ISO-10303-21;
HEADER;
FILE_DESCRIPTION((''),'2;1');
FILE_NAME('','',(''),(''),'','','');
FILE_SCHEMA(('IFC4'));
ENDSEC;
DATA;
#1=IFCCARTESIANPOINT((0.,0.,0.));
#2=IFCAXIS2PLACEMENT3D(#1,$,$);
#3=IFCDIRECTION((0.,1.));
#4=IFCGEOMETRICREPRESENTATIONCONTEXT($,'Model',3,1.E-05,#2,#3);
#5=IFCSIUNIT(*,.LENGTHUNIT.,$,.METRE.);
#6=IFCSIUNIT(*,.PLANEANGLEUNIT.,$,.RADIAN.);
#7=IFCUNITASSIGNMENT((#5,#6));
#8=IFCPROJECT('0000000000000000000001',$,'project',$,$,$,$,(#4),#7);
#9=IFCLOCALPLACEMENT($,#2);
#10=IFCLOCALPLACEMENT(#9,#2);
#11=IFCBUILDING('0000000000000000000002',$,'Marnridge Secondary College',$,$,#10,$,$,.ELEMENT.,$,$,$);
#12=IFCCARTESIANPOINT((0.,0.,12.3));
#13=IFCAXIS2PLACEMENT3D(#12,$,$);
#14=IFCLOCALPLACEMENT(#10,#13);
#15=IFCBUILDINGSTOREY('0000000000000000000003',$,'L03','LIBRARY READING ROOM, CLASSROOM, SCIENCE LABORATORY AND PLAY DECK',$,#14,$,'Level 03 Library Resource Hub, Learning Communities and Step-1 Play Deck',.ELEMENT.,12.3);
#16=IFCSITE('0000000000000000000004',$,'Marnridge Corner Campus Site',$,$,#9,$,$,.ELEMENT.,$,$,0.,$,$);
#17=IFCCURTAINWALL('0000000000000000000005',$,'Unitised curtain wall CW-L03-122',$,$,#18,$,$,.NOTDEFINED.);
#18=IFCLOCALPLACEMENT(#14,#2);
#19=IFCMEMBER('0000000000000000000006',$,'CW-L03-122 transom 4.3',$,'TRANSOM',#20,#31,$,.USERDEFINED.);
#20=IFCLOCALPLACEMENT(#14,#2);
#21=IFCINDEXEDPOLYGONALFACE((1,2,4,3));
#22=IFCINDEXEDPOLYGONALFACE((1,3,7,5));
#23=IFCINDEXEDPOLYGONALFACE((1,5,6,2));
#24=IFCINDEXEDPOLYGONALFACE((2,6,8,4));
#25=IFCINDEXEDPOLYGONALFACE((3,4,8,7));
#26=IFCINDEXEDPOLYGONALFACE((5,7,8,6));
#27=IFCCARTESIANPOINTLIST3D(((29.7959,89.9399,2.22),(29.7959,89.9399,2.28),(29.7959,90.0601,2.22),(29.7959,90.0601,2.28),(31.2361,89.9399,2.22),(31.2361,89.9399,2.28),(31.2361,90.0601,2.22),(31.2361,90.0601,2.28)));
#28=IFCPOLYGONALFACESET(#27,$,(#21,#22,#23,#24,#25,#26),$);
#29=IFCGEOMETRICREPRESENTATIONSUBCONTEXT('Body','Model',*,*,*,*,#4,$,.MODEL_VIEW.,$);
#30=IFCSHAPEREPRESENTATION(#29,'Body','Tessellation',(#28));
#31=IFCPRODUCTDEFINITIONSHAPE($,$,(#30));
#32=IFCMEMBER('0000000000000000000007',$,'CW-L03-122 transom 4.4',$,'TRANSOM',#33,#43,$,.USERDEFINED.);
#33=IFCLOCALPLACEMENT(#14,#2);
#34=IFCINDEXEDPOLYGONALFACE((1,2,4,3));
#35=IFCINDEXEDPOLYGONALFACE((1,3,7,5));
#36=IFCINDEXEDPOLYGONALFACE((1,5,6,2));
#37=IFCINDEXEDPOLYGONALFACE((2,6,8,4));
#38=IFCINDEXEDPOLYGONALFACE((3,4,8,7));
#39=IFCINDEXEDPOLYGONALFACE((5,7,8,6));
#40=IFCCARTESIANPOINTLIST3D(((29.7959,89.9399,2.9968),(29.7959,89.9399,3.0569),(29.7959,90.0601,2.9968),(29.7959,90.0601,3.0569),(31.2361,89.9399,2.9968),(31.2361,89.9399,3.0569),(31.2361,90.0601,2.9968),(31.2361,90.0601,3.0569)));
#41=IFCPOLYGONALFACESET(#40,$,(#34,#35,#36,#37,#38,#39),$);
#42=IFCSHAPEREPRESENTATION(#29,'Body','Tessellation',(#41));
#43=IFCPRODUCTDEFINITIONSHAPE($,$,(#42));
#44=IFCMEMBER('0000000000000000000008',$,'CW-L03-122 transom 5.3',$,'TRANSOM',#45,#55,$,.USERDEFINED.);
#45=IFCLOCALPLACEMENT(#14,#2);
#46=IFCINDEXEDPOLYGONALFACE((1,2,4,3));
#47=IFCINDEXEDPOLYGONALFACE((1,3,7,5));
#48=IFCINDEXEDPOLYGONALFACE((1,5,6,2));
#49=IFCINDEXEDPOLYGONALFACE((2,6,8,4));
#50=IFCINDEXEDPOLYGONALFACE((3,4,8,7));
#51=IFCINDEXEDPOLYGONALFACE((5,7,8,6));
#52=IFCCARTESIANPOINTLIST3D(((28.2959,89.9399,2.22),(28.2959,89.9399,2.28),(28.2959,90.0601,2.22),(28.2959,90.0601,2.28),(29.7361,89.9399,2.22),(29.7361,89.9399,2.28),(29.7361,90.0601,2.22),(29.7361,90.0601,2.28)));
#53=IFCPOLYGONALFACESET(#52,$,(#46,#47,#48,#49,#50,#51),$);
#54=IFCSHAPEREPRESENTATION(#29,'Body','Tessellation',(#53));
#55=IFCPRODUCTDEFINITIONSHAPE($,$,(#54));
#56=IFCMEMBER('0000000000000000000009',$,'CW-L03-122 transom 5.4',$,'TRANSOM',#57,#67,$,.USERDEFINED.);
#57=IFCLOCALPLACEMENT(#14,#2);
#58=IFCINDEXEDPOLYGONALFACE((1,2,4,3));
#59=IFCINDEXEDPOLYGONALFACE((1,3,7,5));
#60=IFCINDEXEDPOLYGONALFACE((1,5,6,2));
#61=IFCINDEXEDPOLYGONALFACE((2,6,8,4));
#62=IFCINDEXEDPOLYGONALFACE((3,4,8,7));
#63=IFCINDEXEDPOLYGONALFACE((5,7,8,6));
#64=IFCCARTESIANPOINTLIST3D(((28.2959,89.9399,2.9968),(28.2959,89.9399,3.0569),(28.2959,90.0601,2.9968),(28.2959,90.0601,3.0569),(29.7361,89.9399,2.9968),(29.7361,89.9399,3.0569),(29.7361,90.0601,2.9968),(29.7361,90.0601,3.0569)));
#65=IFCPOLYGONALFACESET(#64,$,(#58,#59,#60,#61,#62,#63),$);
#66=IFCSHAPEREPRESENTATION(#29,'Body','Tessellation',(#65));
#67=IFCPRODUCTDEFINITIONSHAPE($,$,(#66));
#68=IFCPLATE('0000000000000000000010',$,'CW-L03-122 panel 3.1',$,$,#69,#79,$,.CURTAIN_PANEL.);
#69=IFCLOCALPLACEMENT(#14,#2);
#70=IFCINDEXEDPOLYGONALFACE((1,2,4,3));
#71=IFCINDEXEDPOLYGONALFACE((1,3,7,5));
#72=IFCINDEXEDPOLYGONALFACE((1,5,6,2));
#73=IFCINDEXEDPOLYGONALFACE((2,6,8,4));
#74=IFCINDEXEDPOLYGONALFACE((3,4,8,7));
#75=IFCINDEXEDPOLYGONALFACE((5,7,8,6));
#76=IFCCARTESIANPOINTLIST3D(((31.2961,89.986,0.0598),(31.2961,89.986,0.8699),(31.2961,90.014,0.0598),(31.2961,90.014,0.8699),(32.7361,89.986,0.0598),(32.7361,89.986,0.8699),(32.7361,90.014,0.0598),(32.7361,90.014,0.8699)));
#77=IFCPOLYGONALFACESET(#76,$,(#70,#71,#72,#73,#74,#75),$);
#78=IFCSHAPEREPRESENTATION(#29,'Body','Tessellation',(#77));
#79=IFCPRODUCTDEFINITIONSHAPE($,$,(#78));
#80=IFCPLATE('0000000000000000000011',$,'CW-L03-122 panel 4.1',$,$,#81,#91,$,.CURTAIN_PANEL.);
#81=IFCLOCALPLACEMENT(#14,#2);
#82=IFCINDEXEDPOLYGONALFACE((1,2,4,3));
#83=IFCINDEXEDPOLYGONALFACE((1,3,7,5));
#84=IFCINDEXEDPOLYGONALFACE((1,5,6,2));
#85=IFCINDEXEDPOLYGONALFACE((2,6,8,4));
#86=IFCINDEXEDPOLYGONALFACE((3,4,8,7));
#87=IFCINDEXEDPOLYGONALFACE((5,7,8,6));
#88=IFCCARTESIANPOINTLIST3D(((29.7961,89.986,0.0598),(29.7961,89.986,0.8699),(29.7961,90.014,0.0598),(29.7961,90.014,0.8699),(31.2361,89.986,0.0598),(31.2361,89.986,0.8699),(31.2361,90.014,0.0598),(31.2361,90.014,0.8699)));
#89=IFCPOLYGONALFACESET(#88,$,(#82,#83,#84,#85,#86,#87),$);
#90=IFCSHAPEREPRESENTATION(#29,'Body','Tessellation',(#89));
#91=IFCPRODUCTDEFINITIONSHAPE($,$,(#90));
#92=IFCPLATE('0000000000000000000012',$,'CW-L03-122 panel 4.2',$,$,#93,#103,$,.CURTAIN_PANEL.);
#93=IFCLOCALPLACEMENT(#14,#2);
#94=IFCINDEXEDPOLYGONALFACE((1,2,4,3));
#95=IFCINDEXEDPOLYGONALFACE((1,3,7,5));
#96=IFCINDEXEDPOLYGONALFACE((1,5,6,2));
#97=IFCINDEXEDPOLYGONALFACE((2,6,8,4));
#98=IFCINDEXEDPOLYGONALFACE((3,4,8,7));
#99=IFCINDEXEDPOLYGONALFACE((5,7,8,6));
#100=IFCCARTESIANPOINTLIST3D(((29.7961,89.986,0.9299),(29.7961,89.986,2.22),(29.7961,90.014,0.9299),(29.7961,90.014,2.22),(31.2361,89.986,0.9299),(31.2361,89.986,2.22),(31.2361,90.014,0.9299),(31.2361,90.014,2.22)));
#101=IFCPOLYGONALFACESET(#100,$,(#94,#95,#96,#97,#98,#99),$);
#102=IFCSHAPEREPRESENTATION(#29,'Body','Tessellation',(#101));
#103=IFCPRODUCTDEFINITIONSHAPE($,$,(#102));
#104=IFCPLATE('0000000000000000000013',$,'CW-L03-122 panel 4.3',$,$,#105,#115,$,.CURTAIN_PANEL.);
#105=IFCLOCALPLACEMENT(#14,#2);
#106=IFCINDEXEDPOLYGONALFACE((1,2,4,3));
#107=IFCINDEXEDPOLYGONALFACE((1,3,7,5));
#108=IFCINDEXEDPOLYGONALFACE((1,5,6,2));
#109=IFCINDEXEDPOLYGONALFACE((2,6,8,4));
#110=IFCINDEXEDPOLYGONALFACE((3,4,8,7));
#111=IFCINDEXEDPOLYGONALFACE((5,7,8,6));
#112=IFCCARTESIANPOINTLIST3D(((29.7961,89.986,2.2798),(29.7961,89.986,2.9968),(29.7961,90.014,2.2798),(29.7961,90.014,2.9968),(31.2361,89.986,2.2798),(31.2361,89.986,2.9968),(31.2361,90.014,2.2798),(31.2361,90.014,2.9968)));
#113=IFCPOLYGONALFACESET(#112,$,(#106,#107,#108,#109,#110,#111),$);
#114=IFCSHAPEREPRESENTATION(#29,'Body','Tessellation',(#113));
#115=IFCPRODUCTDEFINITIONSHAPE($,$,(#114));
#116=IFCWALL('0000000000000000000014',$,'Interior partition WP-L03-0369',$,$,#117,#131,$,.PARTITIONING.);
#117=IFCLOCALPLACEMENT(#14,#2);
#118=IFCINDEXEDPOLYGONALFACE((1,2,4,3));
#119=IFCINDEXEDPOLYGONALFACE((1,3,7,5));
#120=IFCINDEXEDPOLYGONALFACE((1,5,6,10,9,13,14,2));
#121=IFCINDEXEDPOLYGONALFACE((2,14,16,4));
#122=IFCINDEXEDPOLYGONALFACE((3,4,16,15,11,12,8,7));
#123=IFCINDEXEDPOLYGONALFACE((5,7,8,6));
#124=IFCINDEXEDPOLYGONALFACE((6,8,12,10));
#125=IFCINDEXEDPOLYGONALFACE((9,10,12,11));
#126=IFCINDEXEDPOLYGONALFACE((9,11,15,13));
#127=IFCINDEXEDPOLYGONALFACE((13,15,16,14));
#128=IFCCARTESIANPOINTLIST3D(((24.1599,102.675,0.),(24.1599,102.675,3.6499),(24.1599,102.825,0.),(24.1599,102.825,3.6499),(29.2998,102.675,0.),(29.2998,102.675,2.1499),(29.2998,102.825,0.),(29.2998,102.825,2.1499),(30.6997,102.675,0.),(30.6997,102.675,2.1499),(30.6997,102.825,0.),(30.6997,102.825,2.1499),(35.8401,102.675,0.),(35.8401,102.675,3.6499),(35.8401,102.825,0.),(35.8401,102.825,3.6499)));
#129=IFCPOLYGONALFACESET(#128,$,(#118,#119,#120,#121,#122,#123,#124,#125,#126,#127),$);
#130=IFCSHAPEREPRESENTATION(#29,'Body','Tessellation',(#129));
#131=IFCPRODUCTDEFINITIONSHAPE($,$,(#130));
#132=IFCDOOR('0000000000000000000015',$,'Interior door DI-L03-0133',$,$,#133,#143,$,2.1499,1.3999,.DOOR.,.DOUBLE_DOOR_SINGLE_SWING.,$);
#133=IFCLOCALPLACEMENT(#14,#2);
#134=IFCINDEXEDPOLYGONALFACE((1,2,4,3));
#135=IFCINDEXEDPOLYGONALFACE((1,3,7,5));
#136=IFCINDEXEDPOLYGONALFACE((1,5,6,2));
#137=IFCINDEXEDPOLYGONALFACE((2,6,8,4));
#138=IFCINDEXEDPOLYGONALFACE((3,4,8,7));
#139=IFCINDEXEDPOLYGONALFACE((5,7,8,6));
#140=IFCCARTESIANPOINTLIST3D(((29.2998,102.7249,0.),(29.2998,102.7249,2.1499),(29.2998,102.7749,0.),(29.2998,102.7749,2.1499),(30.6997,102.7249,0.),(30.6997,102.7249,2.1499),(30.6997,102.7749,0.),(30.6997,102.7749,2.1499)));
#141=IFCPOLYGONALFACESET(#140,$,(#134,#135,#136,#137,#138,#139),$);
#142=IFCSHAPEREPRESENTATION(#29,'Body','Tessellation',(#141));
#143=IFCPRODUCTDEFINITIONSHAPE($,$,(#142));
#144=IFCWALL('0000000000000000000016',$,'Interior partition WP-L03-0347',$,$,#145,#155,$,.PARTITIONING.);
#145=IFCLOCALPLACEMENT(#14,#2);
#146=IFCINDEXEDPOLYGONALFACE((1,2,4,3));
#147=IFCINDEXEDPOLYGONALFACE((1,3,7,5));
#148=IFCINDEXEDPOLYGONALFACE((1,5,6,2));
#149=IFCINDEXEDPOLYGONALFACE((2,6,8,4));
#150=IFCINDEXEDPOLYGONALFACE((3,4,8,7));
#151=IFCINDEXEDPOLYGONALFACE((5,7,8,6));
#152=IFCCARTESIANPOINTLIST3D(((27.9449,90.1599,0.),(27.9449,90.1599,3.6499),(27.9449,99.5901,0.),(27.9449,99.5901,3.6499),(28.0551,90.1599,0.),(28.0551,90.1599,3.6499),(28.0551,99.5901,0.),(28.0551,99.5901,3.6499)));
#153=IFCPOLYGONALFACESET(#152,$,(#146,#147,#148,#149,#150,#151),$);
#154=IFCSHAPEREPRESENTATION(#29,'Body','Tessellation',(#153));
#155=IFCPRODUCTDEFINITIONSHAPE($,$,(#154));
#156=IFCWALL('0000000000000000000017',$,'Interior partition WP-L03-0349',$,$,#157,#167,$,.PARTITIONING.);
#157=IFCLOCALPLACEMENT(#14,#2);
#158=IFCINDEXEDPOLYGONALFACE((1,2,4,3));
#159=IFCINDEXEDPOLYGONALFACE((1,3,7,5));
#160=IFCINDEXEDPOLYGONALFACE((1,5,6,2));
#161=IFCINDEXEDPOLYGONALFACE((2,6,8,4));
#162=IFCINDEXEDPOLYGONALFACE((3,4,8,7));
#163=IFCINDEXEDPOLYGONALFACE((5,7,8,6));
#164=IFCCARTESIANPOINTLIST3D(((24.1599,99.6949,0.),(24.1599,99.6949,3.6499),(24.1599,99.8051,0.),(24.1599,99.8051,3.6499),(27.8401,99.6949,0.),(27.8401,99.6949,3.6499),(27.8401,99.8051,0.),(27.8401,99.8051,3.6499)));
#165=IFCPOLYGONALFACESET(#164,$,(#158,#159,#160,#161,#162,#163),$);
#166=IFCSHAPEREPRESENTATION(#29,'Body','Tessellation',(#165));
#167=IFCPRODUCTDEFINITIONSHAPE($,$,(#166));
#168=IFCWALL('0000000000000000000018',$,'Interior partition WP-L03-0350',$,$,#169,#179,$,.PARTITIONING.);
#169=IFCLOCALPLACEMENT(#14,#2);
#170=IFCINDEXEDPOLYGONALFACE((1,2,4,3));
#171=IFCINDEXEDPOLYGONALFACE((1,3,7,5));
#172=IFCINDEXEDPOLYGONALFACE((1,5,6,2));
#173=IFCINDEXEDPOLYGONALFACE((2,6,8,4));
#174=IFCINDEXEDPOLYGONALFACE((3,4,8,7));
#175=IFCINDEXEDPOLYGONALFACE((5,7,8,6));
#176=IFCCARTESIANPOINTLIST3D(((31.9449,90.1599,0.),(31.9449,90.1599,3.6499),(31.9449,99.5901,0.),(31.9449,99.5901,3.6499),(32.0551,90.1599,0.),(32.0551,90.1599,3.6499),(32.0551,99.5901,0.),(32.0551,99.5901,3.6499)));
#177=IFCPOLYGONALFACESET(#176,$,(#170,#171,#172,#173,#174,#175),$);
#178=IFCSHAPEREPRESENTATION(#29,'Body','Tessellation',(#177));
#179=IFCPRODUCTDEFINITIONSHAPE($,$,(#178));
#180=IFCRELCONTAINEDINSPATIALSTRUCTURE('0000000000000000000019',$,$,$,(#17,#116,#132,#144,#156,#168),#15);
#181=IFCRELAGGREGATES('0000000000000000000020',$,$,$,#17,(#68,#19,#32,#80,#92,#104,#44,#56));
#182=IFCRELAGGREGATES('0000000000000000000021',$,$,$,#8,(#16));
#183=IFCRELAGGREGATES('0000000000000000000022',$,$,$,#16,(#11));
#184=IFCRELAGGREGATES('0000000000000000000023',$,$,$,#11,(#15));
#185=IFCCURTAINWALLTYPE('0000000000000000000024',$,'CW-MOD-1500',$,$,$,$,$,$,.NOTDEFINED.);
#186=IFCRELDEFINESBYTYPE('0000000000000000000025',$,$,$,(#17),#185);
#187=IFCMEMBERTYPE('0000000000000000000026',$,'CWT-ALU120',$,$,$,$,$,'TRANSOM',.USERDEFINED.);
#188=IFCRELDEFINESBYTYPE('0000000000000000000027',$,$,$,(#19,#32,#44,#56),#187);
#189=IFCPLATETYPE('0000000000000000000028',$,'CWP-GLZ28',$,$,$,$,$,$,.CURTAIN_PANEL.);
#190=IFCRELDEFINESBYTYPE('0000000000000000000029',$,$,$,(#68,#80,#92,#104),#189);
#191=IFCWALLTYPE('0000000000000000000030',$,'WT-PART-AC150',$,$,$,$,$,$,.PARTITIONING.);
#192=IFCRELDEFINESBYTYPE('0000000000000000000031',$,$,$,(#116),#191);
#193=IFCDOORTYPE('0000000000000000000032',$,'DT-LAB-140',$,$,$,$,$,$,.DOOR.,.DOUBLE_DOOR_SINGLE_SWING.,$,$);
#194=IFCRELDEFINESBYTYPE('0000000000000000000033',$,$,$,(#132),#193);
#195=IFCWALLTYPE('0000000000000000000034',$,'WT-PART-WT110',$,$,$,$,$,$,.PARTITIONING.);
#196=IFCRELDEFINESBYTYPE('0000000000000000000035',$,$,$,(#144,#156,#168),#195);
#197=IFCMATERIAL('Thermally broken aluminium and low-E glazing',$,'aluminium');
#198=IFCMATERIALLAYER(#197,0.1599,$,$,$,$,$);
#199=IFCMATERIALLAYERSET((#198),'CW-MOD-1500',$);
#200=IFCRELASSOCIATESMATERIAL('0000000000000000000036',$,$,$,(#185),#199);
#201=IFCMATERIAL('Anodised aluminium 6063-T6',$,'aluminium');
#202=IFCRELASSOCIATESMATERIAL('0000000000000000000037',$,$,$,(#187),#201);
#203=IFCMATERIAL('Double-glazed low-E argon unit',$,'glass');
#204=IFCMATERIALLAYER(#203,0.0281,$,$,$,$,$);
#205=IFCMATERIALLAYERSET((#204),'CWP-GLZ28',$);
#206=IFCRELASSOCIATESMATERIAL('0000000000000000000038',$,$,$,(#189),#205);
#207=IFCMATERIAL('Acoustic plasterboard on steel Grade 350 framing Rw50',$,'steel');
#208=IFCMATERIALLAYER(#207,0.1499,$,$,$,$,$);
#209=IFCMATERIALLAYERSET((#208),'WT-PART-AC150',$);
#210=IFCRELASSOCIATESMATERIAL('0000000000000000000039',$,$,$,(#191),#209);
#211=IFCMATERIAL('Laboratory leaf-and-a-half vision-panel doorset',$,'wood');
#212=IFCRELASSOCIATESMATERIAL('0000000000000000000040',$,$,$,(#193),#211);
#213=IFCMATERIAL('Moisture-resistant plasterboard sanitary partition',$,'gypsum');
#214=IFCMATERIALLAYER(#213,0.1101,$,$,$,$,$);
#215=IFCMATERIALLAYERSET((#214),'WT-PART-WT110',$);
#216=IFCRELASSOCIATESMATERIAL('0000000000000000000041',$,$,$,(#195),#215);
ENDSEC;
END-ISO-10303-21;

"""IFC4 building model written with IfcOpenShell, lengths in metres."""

from ifc_helpers import new_model, si_unit, direction, frame, frame_2d, origin, origin_2d, place, context, subcontext, project, spatial, rectangle, extrude, material, layer, layer_set, material_profile, profile_set, type_object, element, fill, aggregate, save


model = new_model("IFC4")

# Units and contexts
model_context = context("Model", 3, precision=1e-05, world=origin(), true_north=direction((0.0, 1.0)))
body_context = subcontext(model_context, "Body", "Model", "MODEL_VIEW")
ifc_project = project(units=[si_unit("LENGTHUNIT", "METRE"), si_unit("PLANEANGLEUNIT", "RADIAN")], contexts=[model_context])

# Site, building, storey
site_placement = place(None, origin())
site = spatial("IfcSite", under=ifc_project, at=site_placement, Name="Marnridge Corner Campus Site", CompositionType="ELEMENT", RefElevation=0.0)
building_placement = place(site_placement, origin())
building = spatial("IfcBuilding", under=site, at=building_placement, Name="Marnridge Secondary College", CompositionType="ELEMENT")
storey_placement = place(building_placement, frame((0.0, 0.0, 12.3)))
storey = spatial("IfcBuildingStorey", under=building, at=storey_placement, Name="L03", Description="LIBRARY READING ROOM, CLASSROOM, SCIENCE LABORATORY AND PLAY DECK", LongName="Level 03 Library Resource Hub, Learning Communities and Step-1 Play Deck", CompositionType="ELEMENT", Elevation=12.3)

# Curtain wall, members, plates
ifc_material_1 = material(Name="Thermally broken aluminium and low-E glazing", Category="aluminium")
ifc_layer_1 = layer(ifc_material_1, 0.1599)
ifc_layer_set_1 = layer_set([ifc_layer_1], Name="CW-MOD-1500")
curtain_wall_type = type_object("IfcCurtainWallType", Name="CW-MOD-1500", PredefinedType="NOTDEFINED", material=ifc_layer_set_1)
curtain_wall_placement = place(storey_placement, origin())
curtain_wall = element("IfcCurtainWall", 1, at=curtain_wall_placement, inside=storey, type_object=curtain_wall_type, Name="Unitised curtain wall CW-L03-122", PredefinedType="NOTDEFINED")
ifc_material_2 = material(Name="Anodised aluminium 6063-T6", Category="aluminium")
ifc_material_profile_1 = material_profile(ifc_material_2, rectangle(XDim=0.0601, YDim=0.1201, at=origin_2d()), Name="ALU 60x120")
ifc_profile_set_1 = profile_set([ifc_material_profile_1], Name="Anodised aluminium 6063-T6")
member_type_1 = type_object("IfcMemberType", Name="CWT-ALU120", ElementType="TRANSOM", PredefinedType="USERDEFINED", material=ifc_profile_set_1)
member_1_placement = place(storey_placement, frame((31.2361, 90.0, 2.25), z_axis=(-1.0, 0.0, 0.0), x_axis=(0.0, 0.0, 1.0)))
member_1 = element("IfcMember", 2, at=member_1_placement, type_object=member_type_1, Name="CW-L03-122 transom 4.3", ObjectType="TRANSOM", PredefinedType="USERDEFINED", context=body_context, shape_type="SweptSolid", body=[
    extrude(rectangle(XDim=0.0601, YDim=0.1201, at=origin_2d()), origin(), (0.0, 0.0, 1.0), 1.4402),
])
member_2_placement = place(storey_placement, frame((31.2361, 90.0, 3.0269), z_axis=(-1.0, 0.0, 0.0), x_axis=(0.0, 0.0, 1.0)))
member_2 = element("IfcMember", 3, at=member_2_placement, type_object=member_type_1, Name="CW-L03-122 transom 4.4", ObjectType="TRANSOM", PredefinedType="USERDEFINED", context=body_context, shape_type="SweptSolid", body=[
    extrude(rectangle(XDim=0.0601, YDim=0.1201, at=origin_2d()), origin(), (0.0, 0.0, 1.0), 1.4402),
])
member_3_placement = place(storey_placement, frame((29.7361, 90.0, 2.25), z_axis=(-1.0, 0.0, 0.0), x_axis=(0.0, 0.0, 1.0)))
member_3 = element("IfcMember", 4, at=member_3_placement, type_object=member_type_1, Name="CW-L03-122 transom 5.3", ObjectType="TRANSOM", PredefinedType="USERDEFINED", context=body_context, shape_type="SweptSolid", body=[
    extrude(rectangle(XDim=0.0601, YDim=0.1201, at=origin_2d()), origin(), (0.0, 0.0, 1.0), 1.4402),
])
member_4_placement = place(storey_placement, frame((29.7361, 90.0, 3.0269), z_axis=(-1.0, 0.0, 0.0), x_axis=(0.0, 0.0, 1.0)))
member_4 = element("IfcMember", 5, at=member_4_placement, type_object=member_type_1, Name="CW-L03-122 transom 5.4", ObjectType="TRANSOM", PredefinedType="USERDEFINED", context=body_context, shape_type="SweptSolid", body=[
    extrude(rectangle(XDim=0.0601, YDim=0.1201, at=origin_2d()), origin(), (0.0, 0.0, 1.0), 1.4402),
])
ifc_material_3 = material(Name="Double-glazed low-E argon unit", Category="glass")
ifc_layer_2 = layer(ifc_material_3, 0.0281)
ifc_layer_set_2 = layer_set([ifc_layer_2], Name="CWP-GLZ28")
plate_type = type_object("IfcPlateType", Name="CWP-GLZ28", PredefinedType="CURTAIN_PANEL", material=ifc_layer_set_2)
plate_1_placement = place(storey_placement, frame((32.0161, 90.0, 0.0598), z_axis=(0.0, 0.0, 1.0), x_axis=(-1.0, 0.0, 0.0)))
plate_1 = element("IfcPlate", 6, at=plate_1_placement, type_object=plate_type, Name="CW-L03-122 panel 3.1", PredefinedType="CURTAIN_PANEL", context=body_context, shape_type="SweptSolid", body=[
    extrude(rectangle(XDim=1.4399, YDim=0.0281, at=origin_2d()), origin(), (0.0, 0.0, 1.0), 0.8101),
])
plate_2_placement = place(storey_placement, frame((30.5161, 90.0, 0.0598), z_axis=(0.0, 0.0, 1.0), x_axis=(-1.0, 0.0, 0.0)))
plate_2 = element("IfcPlate", 7, at=plate_2_placement, type_object=plate_type, Name="CW-L03-122 panel 4.1", PredefinedType="CURTAIN_PANEL", context=body_context, shape_type="SweptSolid", body=[
    extrude(rectangle(XDim=1.4399, YDim=0.0281, at=origin_2d()), origin(), (0.0, 0.0, 1.0), 0.8101),
])
plate_3_placement = place(storey_placement, frame((30.5161, 90.0, 0.9299), z_axis=(0.0, 0.0, 1.0), x_axis=(-1.0, 0.0, 0.0)))
plate_3 = element("IfcPlate", 8, at=plate_3_placement, type_object=plate_type, Name="CW-L03-122 panel 4.2", PredefinedType="CURTAIN_PANEL", context=body_context, shape_type="SweptSolid", body=[
    extrude(rectangle(XDim=1.4399, YDim=0.0281, at=origin_2d()), origin(), (0.0, 0.0, 1.0), 1.29),
])
plate_4_placement = place(storey_placement, frame((30.5161, 90.0, 2.2798), z_axis=(0.0, 0.0, 1.0), x_axis=(-1.0, 0.0, 0.0)))
plate_4 = element("IfcPlate", 9, at=plate_4_placement, type_object=plate_type, Name="CW-L03-122 panel 4.3", PredefinedType="CURTAIN_PANEL", context=body_context, shape_type="SweptSolid", body=[
    extrude(rectangle(XDim=1.4399, YDim=0.0281, at=origin_2d()), origin(), (0.0, 0.0, 1.0), 0.717),
])
aggregate(curtain_wall, [plate_1, member_1, member_2, plate_2, plate_3, plate_4, member_3, member_4])

# Wall, opening, door
ifc_material_4 = material(Name="Acoustic plasterboard on steel Grade 350 framing Rw50", Category="steel")
ifc_layer_3 = layer(ifc_material_4, 0.1499)
ifc_layer_set_3 = layer_set([ifc_layer_3], Name="WT-PART-AC150")
wall_type_1 = type_object("IfcWallType", Name="WT-PART-AC150", PredefinedType="PARTITIONING", material=ifc_layer_set_3)
wall_1_placement = place(storey_placement, frame((24.1599, 102.75, 0.0), z_axis=(0.0, 0.0, 1.0), x_axis=(1.0, 0.0, 0.0)))
wall_1 = element("IfcWall", 10, at=wall_1_placement, inside=storey, type_object=wall_type_1, Name="Interior partition WP-L03-0369", PredefinedType="PARTITIONING", context=body_context, shape_type="SweptSolid", body=[
    extrude(rectangle(XDim=11.6802, YDim=0.1499, at=frame_2d((5.8401, 0.0))), origin(), (0.0, 0.0, 1.0), 3.6499),
])
opening_1_placement = place(wall_1_placement, frame((5.1399, 0.0, 0.0)))
opening_1 = element("IfcOpeningElement", 11, at=opening_1_placement, cuts=wall_1, PredefinedType="OPENING", context=body_context, shape_type="SweptSolid", body=[
    extrude(rectangle(XDim=1.3999, YDim=2.1499, at=frame_2d((0.7, 1.075))), frame((0.0, 0.085, 0.0), z_axis=(0.0, -1.0, 0.0), x_axis=(1.0, 0.0, 0.0)), (0.0, 0.0, 1.0), 0.1699),
])
ifc_material_5 = material(Name="Laboratory leaf-and-a-half vision-panel doorset", Category="wood")
door_type_1 = type_object("IfcDoorType", Name="DT-LAB-140", OperationType="DOUBLE_DOOR_SINGLE_SWING", PredefinedType="DOOR", material=ifc_material_5)
door_1_placement = place(opening_1_placement, origin())
door_1 = element("IfcDoor", 12, at=door_1_placement, inside=storey, type_object=door_type_1, Name="Interior door DI-L03-0133", OperationType="DOUBLE_DOOR_SINGLE_SWING", OverallHeight=2.1499, OverallWidth=1.3999, PredefinedType="DOOR", context=body_context, shape_type="SweptSolid", body=[
    extrude(rectangle(XDim=1.3999, YDim=2.1499, at=frame_2d((0.7, 1.075))), frame((0.0, 0.0249, 0.0), z_axis=(0.0, -1.0, 0.0), x_axis=(1.0, 0.0, 0.0)), (0.0, 0.0, 1.0), 0.05),
])
fill(opening_1, door_1)

# Walls
ifc_material_6 = material(Name="Moisture-resistant plasterboard sanitary partition", Category="gypsum")
ifc_layer_4 = layer(ifc_material_6, 0.1101)
ifc_layer_set_4 = layer_set([ifc_layer_4], Name="WT-PART-WT110")
wall_type_2 = type_object("IfcWallType", Name="WT-PART-WT110", PredefinedType="PARTITIONING", material=ifc_layer_set_4)
wall_2_placement = place(storey_placement, frame((28.0, 90.1599, 0.0), z_axis=(0.0, 0.0, 1.0), x_axis=(0.0, 1.0, 0.0)))
element("IfcWall", 13, at=wall_2_placement, inside=storey, type_object=wall_type_2, Name="Interior partition WP-L03-0347", PredefinedType="PARTITIONING", context=body_context, shape_type="SweptSolid", body=[
    extrude(rectangle(XDim=9.4302, YDim=0.1101, at=frame_2d((4.7151, 0.0))), origin(), (0.0, 0.0, 1.0), 3.6499),
])
wall_3_placement = place(storey_placement, frame((27.8401, 99.75, 0.0), z_axis=(0.0, 0.0, 1.0), x_axis=(-1.0, 0.0, 0.0)))
element("IfcWall", 14, at=wall_3_placement, inside=storey, type_object=wall_type_2, Name="Interior partition WP-L03-0349", PredefinedType="PARTITIONING", context=body_context, shape_type="SweptSolid", body=[
    extrude(rectangle(XDim=3.6802, YDim=0.1101, at=frame_2d((1.8401, 0.0))), origin(), (0.0, 0.0, 1.0), 3.6499),
])
wall_4_placement = place(storey_placement, frame((32.0, 90.1599, 0.0), z_axis=(0.0, 0.0, 1.0), x_axis=(0.0, 1.0, 0.0)))
element("IfcWall", 15, at=wall_4_placement, inside=storey, type_object=wall_type_2, Name="Interior partition WP-L03-0350", PredefinedType="PARTITIONING", context=body_context, shape_type="SweptSolid", body=[
    extrude(rectangle(XDim=9.4302, YDim=0.1101, at=frame_2d((4.7151, 0.0))), origin(), (0.0, 0.0, 1.0), 3.6499),
])

save(model, "model.ifc")
